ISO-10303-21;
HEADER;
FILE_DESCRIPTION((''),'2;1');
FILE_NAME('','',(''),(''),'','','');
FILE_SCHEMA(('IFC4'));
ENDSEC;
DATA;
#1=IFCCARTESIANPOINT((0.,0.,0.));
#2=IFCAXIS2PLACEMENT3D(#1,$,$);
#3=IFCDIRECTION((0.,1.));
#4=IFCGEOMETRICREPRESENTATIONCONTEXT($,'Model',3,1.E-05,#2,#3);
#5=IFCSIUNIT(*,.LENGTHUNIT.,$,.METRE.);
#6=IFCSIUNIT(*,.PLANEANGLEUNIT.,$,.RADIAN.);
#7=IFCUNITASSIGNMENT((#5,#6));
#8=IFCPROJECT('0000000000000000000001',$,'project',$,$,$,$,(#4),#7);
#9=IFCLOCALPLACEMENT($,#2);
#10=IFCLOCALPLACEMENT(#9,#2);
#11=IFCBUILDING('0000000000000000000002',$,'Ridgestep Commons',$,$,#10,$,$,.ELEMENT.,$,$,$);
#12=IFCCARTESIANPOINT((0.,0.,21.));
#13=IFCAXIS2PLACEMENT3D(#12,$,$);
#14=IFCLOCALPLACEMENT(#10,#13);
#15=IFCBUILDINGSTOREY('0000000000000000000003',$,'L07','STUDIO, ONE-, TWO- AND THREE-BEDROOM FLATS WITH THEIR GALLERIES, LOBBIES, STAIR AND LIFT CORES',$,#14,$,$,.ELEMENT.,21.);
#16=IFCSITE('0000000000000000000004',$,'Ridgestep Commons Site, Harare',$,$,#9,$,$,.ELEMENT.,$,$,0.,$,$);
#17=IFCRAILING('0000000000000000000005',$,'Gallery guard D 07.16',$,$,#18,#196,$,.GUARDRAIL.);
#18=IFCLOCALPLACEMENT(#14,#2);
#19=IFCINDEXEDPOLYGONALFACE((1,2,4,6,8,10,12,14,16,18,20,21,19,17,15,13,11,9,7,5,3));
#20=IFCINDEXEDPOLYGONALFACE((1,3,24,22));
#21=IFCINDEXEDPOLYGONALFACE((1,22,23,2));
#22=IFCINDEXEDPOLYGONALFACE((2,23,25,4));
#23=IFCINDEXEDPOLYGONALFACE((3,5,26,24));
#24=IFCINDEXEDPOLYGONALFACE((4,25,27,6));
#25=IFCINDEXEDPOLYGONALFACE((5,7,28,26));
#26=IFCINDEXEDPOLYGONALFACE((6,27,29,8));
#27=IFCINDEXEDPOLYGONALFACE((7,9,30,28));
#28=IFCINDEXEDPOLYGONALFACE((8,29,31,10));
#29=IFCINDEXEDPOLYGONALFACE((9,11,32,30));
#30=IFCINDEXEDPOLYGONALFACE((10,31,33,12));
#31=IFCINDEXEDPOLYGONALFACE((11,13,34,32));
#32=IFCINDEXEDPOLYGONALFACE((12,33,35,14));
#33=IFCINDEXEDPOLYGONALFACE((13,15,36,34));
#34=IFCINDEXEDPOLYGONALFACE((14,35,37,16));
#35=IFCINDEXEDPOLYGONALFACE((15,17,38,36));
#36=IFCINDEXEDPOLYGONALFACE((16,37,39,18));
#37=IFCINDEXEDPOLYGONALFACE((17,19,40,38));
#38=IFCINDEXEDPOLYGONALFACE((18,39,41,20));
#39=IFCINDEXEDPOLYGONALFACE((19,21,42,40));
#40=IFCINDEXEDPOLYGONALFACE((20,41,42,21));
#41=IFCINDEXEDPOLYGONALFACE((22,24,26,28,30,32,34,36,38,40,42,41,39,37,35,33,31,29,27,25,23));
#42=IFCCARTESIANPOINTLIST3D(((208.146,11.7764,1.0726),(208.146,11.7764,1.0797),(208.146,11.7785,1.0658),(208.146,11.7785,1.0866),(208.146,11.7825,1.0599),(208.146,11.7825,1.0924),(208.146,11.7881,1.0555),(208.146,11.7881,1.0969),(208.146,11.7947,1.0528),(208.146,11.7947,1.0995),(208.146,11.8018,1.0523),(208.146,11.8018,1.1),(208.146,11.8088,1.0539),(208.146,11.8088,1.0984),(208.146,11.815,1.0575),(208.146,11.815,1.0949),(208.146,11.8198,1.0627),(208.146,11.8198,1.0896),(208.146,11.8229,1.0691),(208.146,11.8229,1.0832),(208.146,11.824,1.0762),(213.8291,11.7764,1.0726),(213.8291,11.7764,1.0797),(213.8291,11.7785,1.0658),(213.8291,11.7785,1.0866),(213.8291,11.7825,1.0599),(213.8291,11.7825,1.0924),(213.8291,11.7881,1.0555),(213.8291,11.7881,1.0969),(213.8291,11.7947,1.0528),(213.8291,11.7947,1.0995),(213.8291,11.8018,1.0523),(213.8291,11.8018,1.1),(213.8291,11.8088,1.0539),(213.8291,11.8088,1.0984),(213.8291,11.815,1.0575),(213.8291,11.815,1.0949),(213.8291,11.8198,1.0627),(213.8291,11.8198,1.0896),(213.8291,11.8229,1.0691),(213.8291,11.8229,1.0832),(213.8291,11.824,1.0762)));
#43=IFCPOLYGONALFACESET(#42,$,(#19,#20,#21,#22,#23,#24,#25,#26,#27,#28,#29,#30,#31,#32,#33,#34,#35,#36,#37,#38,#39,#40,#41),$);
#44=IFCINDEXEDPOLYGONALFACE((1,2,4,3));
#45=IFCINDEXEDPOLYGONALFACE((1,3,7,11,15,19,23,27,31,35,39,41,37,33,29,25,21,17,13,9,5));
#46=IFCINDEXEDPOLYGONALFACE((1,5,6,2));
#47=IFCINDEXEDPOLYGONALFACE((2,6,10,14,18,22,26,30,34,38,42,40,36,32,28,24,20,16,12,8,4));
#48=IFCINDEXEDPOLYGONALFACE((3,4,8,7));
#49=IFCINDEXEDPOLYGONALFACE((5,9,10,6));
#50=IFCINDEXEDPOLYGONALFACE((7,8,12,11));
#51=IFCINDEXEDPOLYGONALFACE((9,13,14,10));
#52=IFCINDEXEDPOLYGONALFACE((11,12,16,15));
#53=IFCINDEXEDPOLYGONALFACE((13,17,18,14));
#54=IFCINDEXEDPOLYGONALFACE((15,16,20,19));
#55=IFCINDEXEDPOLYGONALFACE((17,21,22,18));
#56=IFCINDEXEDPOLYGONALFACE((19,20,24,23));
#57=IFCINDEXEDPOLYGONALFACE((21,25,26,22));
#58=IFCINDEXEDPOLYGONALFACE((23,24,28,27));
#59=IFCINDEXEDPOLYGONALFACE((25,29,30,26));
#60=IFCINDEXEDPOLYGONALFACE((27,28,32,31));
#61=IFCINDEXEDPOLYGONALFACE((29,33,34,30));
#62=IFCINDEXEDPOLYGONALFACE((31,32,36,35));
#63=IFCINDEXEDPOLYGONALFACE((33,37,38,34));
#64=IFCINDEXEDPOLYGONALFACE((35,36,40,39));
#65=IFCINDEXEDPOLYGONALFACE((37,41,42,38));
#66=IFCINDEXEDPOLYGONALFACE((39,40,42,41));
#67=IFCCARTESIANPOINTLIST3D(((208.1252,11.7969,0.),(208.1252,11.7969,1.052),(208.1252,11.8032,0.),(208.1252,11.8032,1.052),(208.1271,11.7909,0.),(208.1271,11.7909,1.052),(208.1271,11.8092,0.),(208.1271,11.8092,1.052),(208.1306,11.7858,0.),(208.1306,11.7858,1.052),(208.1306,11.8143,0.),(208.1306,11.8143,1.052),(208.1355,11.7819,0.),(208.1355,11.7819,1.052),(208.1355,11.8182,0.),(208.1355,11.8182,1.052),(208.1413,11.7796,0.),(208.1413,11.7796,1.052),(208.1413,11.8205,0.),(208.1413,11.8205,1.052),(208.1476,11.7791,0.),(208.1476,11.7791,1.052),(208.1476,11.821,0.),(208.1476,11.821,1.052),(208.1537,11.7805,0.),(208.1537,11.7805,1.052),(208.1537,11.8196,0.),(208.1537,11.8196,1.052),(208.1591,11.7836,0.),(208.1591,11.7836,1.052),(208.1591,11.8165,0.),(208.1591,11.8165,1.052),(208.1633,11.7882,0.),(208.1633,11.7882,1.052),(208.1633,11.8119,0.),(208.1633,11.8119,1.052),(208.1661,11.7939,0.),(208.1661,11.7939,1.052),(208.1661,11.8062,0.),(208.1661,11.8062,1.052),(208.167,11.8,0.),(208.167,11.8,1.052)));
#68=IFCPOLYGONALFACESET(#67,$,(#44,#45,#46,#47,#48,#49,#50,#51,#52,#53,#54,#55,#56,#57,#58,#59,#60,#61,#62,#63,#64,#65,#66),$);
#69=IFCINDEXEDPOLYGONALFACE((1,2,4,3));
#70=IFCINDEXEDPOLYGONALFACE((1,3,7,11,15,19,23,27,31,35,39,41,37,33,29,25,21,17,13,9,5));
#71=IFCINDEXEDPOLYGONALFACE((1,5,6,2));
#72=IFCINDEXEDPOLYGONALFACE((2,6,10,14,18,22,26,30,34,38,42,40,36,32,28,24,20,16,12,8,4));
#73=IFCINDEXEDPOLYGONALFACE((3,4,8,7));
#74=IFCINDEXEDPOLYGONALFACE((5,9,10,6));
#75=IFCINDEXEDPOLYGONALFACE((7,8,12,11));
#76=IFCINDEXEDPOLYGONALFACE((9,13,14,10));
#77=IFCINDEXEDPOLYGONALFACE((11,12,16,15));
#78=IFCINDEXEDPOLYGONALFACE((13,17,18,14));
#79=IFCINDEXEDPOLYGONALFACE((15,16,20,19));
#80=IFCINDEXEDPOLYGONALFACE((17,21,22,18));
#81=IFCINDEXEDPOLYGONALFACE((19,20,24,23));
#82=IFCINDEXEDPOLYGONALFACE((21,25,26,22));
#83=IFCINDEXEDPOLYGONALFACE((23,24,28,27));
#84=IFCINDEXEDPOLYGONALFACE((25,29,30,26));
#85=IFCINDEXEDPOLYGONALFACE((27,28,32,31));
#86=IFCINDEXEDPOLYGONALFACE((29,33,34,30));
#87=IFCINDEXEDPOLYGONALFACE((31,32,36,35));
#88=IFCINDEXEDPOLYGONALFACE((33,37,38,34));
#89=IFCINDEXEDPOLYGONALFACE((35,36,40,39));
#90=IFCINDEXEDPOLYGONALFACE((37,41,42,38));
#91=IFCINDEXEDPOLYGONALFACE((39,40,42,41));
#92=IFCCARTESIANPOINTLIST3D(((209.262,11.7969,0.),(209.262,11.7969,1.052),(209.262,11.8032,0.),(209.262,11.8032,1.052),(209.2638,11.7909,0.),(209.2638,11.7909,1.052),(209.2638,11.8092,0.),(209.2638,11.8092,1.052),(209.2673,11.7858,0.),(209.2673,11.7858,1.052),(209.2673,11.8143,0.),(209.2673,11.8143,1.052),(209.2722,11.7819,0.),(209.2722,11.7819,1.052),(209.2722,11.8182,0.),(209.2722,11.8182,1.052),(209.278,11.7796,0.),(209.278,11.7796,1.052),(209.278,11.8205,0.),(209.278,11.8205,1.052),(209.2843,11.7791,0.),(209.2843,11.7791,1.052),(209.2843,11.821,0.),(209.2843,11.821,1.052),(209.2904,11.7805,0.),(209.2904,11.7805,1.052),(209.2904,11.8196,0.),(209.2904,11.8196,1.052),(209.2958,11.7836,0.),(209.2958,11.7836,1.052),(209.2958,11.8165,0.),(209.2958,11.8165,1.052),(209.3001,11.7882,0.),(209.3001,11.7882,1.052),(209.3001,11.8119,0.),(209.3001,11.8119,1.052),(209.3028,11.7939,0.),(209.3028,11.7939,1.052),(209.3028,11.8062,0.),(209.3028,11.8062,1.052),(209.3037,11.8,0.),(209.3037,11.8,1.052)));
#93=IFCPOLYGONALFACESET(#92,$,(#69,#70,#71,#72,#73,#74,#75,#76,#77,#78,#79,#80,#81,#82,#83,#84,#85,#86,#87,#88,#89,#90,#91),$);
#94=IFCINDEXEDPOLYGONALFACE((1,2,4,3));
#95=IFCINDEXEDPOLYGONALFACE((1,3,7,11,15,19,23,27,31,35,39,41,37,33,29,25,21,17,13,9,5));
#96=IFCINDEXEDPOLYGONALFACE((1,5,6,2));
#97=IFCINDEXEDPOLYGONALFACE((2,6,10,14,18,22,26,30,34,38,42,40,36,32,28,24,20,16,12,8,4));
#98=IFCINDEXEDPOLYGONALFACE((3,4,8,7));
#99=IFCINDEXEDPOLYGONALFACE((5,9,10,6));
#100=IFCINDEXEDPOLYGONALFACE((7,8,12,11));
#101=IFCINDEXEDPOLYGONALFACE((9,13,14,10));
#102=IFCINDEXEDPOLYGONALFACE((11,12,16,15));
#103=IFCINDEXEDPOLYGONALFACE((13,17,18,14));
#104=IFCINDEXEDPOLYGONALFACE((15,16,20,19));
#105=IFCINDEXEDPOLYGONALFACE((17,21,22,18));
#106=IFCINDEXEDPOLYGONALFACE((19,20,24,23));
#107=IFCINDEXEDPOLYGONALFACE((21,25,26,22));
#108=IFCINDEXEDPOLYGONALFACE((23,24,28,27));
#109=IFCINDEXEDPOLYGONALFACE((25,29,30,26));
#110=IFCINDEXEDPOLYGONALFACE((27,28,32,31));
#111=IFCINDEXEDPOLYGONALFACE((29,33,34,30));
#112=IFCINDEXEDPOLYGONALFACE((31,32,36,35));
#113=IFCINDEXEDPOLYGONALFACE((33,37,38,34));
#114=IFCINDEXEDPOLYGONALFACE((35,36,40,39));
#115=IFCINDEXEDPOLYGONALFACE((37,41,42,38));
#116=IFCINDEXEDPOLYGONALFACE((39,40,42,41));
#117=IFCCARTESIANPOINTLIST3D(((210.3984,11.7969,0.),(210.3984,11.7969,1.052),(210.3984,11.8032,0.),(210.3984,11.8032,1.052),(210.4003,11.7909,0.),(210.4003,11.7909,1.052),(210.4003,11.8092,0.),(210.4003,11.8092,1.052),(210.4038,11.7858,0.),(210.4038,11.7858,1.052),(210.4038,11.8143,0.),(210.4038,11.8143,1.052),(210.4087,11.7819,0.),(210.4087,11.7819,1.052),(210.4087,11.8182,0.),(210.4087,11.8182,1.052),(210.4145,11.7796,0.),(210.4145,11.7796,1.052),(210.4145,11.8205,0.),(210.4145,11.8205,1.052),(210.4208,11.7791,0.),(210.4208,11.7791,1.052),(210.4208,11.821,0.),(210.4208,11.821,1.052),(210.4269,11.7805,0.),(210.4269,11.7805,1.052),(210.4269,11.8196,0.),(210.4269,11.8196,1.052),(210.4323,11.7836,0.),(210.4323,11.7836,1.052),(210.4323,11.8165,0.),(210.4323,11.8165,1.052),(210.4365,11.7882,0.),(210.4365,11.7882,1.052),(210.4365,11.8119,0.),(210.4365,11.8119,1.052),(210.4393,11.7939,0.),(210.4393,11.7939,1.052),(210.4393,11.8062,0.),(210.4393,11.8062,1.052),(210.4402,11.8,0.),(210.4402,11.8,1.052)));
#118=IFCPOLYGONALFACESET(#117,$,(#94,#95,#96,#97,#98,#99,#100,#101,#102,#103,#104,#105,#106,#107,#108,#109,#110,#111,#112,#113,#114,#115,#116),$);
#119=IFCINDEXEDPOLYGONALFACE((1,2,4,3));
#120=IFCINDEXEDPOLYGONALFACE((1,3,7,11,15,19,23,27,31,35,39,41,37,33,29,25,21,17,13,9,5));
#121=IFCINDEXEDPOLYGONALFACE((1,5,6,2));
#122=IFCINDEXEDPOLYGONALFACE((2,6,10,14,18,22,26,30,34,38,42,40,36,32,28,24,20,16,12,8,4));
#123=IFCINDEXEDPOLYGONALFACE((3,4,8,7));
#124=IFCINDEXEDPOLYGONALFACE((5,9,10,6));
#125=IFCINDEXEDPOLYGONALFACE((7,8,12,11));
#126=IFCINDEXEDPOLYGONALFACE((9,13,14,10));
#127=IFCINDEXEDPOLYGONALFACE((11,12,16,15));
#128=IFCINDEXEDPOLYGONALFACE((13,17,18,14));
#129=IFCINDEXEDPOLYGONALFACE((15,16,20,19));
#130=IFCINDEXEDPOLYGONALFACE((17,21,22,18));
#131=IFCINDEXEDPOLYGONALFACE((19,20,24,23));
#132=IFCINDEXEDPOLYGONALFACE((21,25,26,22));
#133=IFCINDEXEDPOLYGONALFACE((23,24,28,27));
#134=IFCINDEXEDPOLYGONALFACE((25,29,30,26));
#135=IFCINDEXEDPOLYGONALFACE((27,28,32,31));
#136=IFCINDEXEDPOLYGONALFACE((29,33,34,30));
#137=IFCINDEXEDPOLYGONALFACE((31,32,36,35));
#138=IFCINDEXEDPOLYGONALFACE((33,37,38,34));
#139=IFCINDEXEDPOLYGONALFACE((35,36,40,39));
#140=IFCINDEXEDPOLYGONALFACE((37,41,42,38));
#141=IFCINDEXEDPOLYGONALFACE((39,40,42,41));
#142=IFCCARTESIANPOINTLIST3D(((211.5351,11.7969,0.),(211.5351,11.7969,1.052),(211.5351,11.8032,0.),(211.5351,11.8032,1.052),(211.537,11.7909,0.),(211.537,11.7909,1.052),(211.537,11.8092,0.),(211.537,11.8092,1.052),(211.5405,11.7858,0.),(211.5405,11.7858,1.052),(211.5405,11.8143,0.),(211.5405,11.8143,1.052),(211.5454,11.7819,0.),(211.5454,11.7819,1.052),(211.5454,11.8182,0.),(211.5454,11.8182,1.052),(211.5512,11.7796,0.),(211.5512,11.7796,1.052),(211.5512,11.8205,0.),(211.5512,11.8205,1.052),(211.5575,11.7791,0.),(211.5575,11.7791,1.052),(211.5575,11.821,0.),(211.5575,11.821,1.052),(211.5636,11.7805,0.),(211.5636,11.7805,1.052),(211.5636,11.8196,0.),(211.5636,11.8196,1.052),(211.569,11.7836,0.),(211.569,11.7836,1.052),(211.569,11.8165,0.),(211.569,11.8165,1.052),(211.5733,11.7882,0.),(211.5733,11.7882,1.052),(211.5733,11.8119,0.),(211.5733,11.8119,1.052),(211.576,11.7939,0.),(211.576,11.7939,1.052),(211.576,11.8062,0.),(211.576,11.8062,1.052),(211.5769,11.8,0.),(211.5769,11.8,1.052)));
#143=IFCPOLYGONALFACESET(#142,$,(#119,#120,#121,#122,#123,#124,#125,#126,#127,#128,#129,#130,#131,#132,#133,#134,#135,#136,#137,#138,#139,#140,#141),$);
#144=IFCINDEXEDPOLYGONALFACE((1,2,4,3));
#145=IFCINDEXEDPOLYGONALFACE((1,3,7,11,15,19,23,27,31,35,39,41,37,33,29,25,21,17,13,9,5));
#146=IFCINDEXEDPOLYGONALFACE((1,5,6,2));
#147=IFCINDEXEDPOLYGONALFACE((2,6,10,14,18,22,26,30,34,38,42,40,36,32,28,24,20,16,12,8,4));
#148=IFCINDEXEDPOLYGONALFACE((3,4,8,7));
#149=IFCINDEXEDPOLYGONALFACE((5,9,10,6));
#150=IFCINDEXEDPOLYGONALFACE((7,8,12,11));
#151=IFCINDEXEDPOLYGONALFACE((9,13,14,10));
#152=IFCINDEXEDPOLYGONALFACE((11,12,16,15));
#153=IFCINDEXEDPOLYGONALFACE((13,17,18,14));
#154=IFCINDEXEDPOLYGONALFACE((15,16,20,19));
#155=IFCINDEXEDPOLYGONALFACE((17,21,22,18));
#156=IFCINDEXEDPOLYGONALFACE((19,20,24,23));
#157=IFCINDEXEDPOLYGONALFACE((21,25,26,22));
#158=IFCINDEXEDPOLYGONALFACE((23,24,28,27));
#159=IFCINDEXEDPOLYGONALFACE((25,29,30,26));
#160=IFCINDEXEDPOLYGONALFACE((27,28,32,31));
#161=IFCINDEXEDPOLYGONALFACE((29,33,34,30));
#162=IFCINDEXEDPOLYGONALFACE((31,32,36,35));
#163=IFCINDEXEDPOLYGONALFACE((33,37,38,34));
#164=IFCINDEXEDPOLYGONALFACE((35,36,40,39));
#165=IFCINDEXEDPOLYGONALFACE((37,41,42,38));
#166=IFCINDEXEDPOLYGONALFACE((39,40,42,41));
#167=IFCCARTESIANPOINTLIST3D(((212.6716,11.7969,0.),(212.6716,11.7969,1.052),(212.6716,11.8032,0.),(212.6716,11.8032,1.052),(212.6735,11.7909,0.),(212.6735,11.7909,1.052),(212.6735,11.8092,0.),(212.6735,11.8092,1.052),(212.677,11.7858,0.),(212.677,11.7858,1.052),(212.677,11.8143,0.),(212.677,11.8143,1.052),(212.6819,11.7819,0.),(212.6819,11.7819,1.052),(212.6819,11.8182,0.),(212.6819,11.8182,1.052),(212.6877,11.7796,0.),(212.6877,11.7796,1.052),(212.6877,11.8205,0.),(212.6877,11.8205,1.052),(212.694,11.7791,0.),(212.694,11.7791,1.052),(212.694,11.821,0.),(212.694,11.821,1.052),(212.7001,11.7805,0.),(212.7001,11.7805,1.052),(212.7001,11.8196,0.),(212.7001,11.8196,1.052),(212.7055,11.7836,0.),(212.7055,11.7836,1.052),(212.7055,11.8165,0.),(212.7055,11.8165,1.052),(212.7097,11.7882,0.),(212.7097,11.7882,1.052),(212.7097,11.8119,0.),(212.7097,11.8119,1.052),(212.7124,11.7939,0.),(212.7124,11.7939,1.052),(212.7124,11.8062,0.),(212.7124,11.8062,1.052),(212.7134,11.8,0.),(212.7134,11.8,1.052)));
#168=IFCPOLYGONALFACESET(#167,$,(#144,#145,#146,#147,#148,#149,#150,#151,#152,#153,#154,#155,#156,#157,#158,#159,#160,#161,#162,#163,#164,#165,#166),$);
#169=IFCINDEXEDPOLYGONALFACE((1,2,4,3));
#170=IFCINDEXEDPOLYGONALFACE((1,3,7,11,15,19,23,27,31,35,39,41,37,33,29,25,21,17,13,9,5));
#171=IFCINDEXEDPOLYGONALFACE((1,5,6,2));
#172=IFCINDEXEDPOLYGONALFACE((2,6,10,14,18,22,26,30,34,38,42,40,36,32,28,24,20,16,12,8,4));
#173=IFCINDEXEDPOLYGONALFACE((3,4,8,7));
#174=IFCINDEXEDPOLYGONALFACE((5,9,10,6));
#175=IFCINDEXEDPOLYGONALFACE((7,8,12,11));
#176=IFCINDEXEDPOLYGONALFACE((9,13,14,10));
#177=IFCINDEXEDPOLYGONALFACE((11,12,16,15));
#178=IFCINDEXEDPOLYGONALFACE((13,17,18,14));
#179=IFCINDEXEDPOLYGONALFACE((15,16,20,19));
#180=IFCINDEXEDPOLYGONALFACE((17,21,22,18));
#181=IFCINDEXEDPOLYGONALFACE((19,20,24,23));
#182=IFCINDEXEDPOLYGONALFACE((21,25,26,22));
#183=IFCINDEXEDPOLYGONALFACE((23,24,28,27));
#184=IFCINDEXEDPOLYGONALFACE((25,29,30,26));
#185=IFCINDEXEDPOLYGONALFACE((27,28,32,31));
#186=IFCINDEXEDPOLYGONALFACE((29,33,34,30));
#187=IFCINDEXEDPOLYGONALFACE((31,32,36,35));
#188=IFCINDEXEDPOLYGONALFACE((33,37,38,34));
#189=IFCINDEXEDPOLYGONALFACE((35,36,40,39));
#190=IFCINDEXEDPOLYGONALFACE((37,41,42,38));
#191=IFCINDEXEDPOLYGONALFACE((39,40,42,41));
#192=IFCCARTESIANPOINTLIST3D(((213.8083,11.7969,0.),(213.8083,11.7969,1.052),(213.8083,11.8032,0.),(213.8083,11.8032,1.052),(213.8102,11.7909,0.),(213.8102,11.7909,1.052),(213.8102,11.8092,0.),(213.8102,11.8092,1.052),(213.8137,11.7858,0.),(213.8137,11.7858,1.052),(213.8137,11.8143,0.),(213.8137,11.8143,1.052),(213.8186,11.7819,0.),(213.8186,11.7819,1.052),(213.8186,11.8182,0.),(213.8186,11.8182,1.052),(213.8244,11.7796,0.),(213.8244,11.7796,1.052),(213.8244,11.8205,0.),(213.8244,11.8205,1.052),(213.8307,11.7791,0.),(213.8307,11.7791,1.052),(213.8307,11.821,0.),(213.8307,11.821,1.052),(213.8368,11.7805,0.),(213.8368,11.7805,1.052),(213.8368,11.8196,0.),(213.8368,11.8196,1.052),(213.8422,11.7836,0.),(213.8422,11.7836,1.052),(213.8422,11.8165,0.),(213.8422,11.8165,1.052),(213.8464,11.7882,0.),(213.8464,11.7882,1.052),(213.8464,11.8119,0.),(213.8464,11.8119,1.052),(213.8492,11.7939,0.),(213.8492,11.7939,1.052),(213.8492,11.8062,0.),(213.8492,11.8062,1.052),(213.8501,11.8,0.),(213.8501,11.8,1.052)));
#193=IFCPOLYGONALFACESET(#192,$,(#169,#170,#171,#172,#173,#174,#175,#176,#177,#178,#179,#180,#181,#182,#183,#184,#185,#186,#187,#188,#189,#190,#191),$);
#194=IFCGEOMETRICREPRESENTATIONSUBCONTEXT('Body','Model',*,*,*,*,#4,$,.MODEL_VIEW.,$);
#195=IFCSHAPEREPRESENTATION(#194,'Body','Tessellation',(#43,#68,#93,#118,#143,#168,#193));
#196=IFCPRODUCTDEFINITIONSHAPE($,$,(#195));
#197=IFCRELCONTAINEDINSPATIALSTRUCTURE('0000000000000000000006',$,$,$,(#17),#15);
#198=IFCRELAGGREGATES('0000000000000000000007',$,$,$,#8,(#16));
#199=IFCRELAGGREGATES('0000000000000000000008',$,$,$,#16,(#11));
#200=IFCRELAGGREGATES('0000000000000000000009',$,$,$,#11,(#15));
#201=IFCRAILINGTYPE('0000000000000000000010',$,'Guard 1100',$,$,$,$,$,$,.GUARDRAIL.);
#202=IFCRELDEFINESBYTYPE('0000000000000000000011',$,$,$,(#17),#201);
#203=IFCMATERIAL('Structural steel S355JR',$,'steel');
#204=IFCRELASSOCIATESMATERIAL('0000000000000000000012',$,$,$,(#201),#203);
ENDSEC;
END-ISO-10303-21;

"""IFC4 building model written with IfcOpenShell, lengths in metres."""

from ifc_helpers import new_model, si_unit, direction, frame, origin, origin_2d, place, context, subcontext, project, spatial, circle, extrude, material, type_object, element, save


model = new_model("IFC4")

# Units and contexts
model_context = context("Model", 3, precision=1e-05, world=origin(), true_north=direction((0.0, 1.0)))
body_context = subcontext(model_context, "Body", "Model", "MODEL_VIEW")
ifc_project = project(units=[si_unit("LENGTHUNIT", "METRE"), si_unit("PLANEANGLEUNIT", "RADIAN")], contexts=[model_context])

# Site, building, storey
site_placement = place(None, origin())
site = spatial("IfcSite", under=ifc_project, at=site_placement, Name="Ridgestep Commons Site, Harare", CompositionType="ELEMENT", RefElevation=0.0)
building_placement = place(site_placement, origin())
building = spatial("IfcBuilding", under=site, at=building_placement, Name="Ridgestep Commons", CompositionType="ELEMENT")
storey_placement = place(building_placement, frame((0.0, 0.0, 21.0)))
storey = spatial("IfcBuildingStorey", under=building, at=storey_placement, Name="L07", Description="STUDIO, ONE-, TWO- AND THREE-BEDROOM FLATS WITH THEIR GALLERIES, LOBBIES, STAIR AND LIFT CORES", CompositionType="ELEMENT", Elevation=21.0)

# Railing
ifc_material_1 = material(Name="Structural steel S355JR", Category="steel")
railing_type_1 = type_object("IfcRailingType", Name="Guard 1100", PredefinedType="GUARDRAIL", material=ifc_material_1)
railing_1_placement = place(storey_placement, frame((208.146, 11.8, 0.0)))
element("IfcRailing", 1, at=railing_1_placement, inside=storey, type_object=railing_type_1, Name="Gallery guard D 07.16", PredefinedType="GUARDRAIL", context=body_context, shape_type="SweptSolid", body=[
    extrude(circle(Radius=0.0239, at=origin_2d()), frame((0.0, 0.0, 1.0762), z_axis=(1.0, 0.0, 0.0), x_axis=(0.0, 1.0, 0.0)), (0.0, 0.0, 1.0), 5.6831),
    extrude(circle(Radius=0.021, at=origin_2d()), origin(), (0.0, 0.0, 1.0), 1.052),
    extrude(circle(Radius=0.021, at=origin_2d()), frame((1.1367, 0.0, 0.0)), (0.0, 0.0, 1.0), 1.052),
    extrude(circle(Radius=0.021, at=origin_2d()), frame((2.2732, 0.0, 0.0)), (0.0, 0.0, 1.0), 1.052),
    extrude(circle(Radius=0.021, at=origin_2d()), frame((3.4099, 0.0, 0.0)), (0.0, 0.0, 1.0), 1.052),
    extrude(circle(Radius=0.021, at=origin_2d()), frame((4.5464, 0.0, 0.0)), (0.0, 0.0, 1.0), 1.052),
    extrude(circle(Radius=0.021, at=origin_2d()), frame((5.6831, 0.0, 0.0)), (0.0, 0.0, 1.0), 1.052),
])

save(model, "model.ifc")
